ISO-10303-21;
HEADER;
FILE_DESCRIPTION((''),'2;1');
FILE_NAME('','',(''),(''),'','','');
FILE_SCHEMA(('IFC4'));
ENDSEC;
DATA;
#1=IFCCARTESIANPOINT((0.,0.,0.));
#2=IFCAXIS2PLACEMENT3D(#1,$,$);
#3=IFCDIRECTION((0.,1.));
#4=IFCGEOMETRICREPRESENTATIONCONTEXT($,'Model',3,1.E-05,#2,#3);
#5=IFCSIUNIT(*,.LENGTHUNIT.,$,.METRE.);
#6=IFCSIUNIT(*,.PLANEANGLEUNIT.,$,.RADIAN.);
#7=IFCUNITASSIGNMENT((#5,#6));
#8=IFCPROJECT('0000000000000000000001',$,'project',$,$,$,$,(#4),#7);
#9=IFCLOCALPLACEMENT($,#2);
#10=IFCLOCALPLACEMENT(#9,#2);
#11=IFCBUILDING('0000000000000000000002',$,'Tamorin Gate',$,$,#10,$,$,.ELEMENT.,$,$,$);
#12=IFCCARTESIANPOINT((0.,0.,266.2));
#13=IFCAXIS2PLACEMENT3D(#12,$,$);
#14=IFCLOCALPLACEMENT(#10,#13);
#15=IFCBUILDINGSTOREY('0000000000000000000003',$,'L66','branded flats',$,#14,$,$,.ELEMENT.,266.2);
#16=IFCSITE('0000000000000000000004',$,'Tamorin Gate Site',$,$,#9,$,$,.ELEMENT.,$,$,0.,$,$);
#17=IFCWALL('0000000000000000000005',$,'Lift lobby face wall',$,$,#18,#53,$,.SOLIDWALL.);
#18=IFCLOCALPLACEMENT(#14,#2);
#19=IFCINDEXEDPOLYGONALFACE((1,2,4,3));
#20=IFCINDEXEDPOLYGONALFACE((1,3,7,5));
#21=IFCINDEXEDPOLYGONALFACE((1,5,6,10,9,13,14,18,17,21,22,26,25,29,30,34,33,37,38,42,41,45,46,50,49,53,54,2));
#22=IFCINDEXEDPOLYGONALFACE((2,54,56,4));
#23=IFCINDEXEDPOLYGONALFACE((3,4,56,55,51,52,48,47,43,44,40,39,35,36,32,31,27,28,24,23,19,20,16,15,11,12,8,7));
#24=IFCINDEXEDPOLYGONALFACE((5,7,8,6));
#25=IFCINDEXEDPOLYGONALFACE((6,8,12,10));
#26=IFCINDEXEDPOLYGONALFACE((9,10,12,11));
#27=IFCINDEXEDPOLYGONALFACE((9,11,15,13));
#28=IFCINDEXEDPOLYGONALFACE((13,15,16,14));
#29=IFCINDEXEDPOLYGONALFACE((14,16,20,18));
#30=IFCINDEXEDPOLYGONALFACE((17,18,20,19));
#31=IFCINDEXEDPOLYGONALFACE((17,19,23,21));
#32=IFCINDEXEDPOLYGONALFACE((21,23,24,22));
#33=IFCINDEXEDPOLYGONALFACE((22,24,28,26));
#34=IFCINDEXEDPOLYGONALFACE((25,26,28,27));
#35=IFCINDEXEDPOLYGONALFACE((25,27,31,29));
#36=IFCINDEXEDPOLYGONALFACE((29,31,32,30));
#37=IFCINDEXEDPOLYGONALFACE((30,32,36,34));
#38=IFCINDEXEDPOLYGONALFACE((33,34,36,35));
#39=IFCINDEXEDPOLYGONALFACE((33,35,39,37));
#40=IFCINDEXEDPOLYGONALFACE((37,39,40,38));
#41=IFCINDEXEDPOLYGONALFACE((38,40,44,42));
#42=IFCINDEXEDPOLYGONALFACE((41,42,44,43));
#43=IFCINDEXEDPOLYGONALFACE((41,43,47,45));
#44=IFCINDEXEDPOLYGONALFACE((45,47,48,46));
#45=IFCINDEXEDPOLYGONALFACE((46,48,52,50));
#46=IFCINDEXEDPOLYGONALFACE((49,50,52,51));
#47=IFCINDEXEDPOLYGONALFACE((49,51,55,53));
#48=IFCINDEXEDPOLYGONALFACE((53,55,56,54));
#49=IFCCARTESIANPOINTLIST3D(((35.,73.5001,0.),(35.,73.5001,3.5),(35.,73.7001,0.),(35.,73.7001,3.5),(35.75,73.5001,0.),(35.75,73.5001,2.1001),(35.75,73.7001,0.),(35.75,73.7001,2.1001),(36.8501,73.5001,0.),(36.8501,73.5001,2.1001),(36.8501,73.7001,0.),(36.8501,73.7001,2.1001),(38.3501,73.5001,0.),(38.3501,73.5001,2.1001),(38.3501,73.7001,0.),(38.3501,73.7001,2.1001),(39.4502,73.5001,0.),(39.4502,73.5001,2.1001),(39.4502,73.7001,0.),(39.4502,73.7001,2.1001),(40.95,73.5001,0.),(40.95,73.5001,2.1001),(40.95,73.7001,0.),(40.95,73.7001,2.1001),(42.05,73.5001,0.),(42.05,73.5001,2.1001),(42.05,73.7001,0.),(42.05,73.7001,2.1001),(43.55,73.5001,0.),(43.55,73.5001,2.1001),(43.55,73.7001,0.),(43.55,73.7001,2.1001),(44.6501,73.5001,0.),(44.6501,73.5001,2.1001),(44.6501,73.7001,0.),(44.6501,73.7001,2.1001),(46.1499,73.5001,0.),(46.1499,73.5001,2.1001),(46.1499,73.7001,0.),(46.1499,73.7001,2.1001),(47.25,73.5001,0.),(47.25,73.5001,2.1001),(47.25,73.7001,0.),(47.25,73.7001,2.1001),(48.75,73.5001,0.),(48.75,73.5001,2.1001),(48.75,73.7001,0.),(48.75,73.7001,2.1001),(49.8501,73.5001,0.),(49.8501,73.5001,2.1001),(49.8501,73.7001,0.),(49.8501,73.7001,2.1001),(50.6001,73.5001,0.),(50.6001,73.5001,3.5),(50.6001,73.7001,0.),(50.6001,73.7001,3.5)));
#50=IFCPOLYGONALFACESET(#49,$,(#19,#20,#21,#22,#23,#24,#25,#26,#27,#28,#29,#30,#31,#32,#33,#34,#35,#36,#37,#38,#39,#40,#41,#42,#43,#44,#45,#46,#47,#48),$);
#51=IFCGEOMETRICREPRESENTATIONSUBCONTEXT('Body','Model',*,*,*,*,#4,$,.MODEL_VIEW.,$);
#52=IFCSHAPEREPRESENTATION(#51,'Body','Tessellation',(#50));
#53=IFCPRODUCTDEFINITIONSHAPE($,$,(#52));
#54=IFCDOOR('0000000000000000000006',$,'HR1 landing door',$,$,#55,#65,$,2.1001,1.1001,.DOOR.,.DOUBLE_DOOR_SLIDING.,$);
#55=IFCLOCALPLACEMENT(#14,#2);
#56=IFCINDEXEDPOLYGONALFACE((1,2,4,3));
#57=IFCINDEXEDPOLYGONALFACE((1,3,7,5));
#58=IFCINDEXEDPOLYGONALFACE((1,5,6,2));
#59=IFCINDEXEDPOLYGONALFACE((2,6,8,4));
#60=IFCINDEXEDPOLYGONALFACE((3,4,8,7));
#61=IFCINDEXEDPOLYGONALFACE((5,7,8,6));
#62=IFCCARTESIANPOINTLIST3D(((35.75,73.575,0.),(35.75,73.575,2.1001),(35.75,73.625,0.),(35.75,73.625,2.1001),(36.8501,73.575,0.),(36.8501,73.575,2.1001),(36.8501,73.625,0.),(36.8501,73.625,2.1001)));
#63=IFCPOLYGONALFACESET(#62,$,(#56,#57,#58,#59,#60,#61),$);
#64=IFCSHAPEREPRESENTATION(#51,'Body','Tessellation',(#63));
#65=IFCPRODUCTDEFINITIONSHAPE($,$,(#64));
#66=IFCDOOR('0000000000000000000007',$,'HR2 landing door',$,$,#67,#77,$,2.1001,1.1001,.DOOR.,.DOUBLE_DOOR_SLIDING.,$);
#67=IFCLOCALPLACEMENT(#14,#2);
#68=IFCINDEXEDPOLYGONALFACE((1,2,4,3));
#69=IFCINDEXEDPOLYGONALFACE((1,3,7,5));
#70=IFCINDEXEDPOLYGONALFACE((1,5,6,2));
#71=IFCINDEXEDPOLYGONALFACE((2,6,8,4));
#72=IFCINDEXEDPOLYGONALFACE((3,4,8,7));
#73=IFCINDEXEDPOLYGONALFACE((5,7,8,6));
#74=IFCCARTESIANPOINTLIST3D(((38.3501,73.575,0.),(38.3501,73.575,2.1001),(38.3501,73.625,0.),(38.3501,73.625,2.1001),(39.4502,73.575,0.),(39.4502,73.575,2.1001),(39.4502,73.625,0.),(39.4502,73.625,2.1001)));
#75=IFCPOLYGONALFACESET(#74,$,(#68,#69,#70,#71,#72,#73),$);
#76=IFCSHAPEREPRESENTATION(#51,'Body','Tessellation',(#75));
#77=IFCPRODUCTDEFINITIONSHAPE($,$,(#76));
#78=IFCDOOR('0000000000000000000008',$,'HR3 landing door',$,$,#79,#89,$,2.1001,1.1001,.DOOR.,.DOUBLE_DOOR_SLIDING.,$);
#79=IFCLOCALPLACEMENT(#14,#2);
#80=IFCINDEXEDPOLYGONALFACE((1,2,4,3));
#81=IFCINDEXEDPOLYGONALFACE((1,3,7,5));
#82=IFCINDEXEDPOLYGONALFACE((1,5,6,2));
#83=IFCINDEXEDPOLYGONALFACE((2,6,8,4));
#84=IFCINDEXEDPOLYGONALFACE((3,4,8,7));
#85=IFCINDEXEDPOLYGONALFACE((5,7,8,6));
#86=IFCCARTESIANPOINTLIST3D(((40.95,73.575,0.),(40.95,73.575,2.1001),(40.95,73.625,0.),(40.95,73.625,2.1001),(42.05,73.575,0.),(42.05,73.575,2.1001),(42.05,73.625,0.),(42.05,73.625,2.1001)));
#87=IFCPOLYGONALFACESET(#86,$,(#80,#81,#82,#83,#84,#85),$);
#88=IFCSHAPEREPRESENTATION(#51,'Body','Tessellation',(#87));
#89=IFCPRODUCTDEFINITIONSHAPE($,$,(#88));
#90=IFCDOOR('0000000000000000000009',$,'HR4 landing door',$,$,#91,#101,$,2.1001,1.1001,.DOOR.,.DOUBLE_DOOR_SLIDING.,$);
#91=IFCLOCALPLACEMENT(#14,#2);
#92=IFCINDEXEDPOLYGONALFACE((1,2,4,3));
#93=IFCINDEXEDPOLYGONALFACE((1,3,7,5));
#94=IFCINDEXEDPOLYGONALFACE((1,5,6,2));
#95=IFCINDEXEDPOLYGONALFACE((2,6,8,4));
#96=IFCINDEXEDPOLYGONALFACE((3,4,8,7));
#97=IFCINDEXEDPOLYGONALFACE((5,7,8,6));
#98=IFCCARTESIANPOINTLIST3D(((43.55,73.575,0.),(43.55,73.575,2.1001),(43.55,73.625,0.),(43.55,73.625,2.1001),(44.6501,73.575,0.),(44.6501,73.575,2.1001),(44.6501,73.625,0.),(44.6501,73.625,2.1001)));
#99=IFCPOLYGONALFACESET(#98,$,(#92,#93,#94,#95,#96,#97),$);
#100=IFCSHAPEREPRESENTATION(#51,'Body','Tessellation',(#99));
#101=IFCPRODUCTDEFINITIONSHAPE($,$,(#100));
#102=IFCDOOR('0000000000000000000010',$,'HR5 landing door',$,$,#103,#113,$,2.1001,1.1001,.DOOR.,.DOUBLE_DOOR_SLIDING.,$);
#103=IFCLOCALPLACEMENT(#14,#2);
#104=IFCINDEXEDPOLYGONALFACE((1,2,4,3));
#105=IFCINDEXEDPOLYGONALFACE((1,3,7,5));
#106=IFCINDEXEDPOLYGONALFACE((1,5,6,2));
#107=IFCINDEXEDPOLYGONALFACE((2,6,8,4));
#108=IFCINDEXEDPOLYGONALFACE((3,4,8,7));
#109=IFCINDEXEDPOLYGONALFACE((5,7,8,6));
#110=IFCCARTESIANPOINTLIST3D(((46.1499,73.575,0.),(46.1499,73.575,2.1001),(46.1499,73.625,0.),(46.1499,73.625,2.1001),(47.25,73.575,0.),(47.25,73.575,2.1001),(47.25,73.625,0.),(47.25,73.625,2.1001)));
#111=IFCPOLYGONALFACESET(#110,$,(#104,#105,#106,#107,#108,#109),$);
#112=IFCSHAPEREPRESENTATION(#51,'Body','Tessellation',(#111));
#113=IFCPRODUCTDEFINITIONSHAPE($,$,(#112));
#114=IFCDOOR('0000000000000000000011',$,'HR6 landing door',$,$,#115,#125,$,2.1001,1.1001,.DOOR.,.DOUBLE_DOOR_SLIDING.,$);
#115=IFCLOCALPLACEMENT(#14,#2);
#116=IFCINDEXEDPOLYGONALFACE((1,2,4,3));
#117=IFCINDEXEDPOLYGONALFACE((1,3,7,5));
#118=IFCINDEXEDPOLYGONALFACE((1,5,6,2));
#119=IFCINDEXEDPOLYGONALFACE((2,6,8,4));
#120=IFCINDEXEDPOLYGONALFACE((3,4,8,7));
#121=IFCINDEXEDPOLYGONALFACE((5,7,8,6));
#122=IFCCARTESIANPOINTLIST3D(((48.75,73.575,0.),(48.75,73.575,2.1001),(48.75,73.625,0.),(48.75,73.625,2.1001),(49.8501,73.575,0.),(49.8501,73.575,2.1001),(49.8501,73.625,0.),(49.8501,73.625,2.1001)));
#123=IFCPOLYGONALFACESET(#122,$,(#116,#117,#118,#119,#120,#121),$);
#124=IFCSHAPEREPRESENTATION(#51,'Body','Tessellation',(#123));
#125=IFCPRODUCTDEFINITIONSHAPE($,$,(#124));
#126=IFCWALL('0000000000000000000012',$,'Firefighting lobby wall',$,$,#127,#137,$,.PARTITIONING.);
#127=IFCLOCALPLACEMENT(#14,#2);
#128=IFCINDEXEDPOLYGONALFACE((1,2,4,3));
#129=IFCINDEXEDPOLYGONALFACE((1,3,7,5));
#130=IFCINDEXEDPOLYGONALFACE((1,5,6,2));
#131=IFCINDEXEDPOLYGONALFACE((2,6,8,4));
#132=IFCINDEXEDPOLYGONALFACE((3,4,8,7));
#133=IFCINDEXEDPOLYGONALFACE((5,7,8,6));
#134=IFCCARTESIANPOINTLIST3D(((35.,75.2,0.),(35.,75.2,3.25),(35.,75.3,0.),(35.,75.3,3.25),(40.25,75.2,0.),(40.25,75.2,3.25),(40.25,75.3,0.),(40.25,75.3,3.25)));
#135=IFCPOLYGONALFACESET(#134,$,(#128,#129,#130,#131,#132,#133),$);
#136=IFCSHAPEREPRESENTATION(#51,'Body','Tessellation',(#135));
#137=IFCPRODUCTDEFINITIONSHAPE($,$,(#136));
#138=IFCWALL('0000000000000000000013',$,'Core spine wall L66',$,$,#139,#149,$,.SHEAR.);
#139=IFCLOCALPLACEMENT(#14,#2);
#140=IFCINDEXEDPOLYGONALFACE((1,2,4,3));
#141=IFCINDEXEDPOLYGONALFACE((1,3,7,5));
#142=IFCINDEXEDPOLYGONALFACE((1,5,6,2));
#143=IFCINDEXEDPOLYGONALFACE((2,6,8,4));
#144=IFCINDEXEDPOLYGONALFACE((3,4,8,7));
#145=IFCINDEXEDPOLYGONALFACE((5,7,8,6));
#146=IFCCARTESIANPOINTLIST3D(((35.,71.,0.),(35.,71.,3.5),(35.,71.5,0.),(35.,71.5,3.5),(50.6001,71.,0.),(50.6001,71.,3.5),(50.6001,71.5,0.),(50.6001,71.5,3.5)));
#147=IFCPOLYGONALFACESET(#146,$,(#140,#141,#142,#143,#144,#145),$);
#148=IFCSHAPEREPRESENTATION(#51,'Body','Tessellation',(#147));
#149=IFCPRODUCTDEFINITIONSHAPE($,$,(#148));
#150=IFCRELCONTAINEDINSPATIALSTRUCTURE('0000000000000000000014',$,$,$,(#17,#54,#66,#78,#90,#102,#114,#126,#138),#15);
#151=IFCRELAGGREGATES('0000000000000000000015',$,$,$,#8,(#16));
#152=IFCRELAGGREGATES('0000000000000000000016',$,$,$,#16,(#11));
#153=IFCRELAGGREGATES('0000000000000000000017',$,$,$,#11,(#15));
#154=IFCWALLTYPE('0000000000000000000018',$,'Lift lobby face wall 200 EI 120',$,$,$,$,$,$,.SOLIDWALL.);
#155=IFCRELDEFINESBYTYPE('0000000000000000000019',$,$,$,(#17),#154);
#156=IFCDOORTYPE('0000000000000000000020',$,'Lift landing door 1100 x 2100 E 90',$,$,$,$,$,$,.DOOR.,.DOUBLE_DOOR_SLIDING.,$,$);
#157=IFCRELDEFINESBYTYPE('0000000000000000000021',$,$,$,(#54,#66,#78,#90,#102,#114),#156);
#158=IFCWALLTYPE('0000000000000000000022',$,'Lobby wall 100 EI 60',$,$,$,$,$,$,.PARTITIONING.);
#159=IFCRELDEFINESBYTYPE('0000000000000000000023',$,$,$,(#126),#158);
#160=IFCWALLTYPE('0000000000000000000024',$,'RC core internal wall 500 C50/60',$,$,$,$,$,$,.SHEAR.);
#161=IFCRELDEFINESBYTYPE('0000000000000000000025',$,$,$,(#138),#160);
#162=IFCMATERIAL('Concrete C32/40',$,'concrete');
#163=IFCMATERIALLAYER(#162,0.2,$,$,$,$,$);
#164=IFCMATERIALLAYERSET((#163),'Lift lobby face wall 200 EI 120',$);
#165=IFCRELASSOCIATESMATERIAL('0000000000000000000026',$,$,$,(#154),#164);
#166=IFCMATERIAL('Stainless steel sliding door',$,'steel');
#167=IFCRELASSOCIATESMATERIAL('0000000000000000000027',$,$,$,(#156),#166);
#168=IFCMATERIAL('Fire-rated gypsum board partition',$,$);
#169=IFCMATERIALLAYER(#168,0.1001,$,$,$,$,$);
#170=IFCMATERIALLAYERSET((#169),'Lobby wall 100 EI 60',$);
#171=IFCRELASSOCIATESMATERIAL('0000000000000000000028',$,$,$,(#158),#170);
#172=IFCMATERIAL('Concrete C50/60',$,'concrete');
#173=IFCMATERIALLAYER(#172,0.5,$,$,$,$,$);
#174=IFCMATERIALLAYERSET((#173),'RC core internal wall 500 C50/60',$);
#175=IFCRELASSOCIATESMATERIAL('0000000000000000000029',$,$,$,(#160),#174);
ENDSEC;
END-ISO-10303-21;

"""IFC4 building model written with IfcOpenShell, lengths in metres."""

from ifc_helpers import new_model, si_unit, direction, frame, frame_2d, origin, place, context, subcontext, project, spatial, rectangle, extrude, material, layer, layer_set, type_object, element, fill, save


model = new_model("IFC4")

# Units and contexts
model_context = context("Model", 3, precision=1e-05, world=origin(), true_north=direction((0.0, 1.0)))
body_context = subcontext(model_context, "Body", "Model", "MODEL_VIEW")
ifc_project = project(units=[si_unit("LENGTHUNIT", "METRE"), si_unit("PLANEANGLEUNIT", "RADIAN")], contexts=[model_context])

# Site, building, storey
site_placement = place(None, origin())
site = spatial("IfcSite", under=ifc_project, at=site_placement, Name="Tamorin Gate Site", CompositionType="ELEMENT", RefElevation=0.0)
building_placement = place(site_placement, origin())
building = spatial("IfcBuilding", under=site, at=building_placement, Name="Tamorin Gate", CompositionType="ELEMENT")
storey_placement = place(building_placement, frame((0.0, 0.0, 266.2)))
storey = spatial("IfcBuildingStorey", under=building, at=storey_placement, Name="L66", Description="branded flats", CompositionType="ELEMENT", Elevation=266.2)

# Wall, openings, doors
ifc_material_1 = material(Name="Concrete C32/40", Category="concrete")
ifc_layer_1 = layer(ifc_material_1, 0.2)
ifc_layer_set_1 = layer_set([ifc_layer_1], Name="Lift lobby face wall 200 EI 120")
wall_type_1 = type_object("IfcWallType", Name="Lift lobby face wall 200 EI 120", PredefinedType="SOLIDWALL", material=ifc_layer_set_1)
wall_1_placement = place(storey_placement, frame((35.0, 73.6001, 0.0), z_axis=(0.0, 0.0, 1.0), x_axis=(1.0, 0.0, 0.0)))
wall_1 = element("IfcWall", 1, at=wall_1_placement, inside=storey, type_object=wall_type_1, Name="Lift lobby face wall", PredefinedType="SOLIDWALL", context=body_context, shape_type="SweptSolid", body=[
    extrude(rectangle(XDim=15.6001, YDim=0.2, at=frame_2d((7.8, 0.0))), origin(), (0.0, 0.0, 1.0), 3.5),
])
opening_1_placement = place(wall_1_placement, frame((0.75, 0.0, 0.0)))
opening_1 = element("IfcOpeningElement", 2, at=opening_1_placement, cuts=wall_1, PredefinedType="OPENING", context=body_context, shape_type="SweptSolid", body=[
    extrude(rectangle(XDim=1.1001, YDim=2.1001, at=frame_2d((0.55, 1.05))), frame((0.0, 0.1099, 0.0), z_axis=(0.0, -1.0, 0.0), x_axis=(1.0, 0.0, 0.0)), (0.0, 0.0, 1.0), 0.22),
])
opening_2_placement = place(wall_1_placement, frame((3.3501, 0.0, 0.0)))
opening_2 = element("IfcOpeningElement", 3, at=opening_2_placement, cuts=wall_1, PredefinedType="OPENING", context=body_context, shape_type="SweptSolid", body=[
    extrude(rectangle(XDim=1.1001, YDim=2.1001, at=frame_2d((0.55, 1.05))), frame((0.0, 0.1099, 0.0), z_axis=(0.0, -1.0, 0.0), x_axis=(1.0, 0.0, 0.0)), (0.0, 0.0, 1.0), 0.22),
])
opening_3_placement = place(wall_1_placement, frame((5.95, 0.0, 0.0)))
opening_3 = element("IfcOpeningElement", 4, at=opening_3_placement, cuts=wall_1, PredefinedType="OPENING", context=body_context, shape_type="SweptSolid", body=[
    extrude(rectangle(XDim=1.1001, YDim=2.1001, at=frame_2d((0.55, 1.05))), frame((0.0, 0.1099, 0.0), z_axis=(0.0, -1.0, 0.0), x_axis=(1.0, 0.0, 0.0)), (0.0, 0.0, 1.0), 0.22),
])
opening_4_placement = place(wall_1_placement, frame((8.55, 0.0, 0.0)))
opening_4 = element("IfcOpeningElement", 5, at=opening_4_placement, cuts=wall_1, PredefinedType="OPENING", context=body_context, shape_type="SweptSolid", body=[
    extrude(rectangle(XDim=1.1001, YDim=2.1001, at=frame_2d((0.55, 1.05))), frame((0.0, 0.1099, 0.0), z_axis=(0.0, -1.0, 0.0), x_axis=(1.0, 0.0, 0.0)), (0.0, 0.0, 1.0), 0.22),
])
opening_5_placement = place(wall_1_placement, frame((11.1499, 0.0, 0.0)))
opening_5 = element("IfcOpeningElement", 6, at=opening_5_placement, cuts=wall_1, PredefinedType="OPENING", context=body_context, shape_type="SweptSolid", body=[
    extrude(rectangle(XDim=1.1001, YDim=2.1001, at=frame_2d((0.55, 1.05))), frame((0.0, 0.1099, 0.0), z_axis=(0.0, -1.0, 0.0), x_axis=(1.0, 0.0, 0.0)), (0.0, 0.0, 1.0), 0.22),
])
opening_6_placement = place(wall_1_placement, frame((13.75, 0.0, 0.0)))
opening_6 = element("IfcOpeningElement", 7, at=opening_6_placement, cuts=wall_1, PredefinedType="OPENING", context=body_context, shape_type="SweptSolid", body=[
    extrude(rectangle(XDim=1.1001, YDim=2.1001, at=frame_2d((0.55, 1.05))), frame((0.0, 0.1099, 0.0), z_axis=(0.0, -1.0, 0.0), x_axis=(1.0, 0.0, 0.0)), (0.0, 0.0, 1.0), 0.22),
])
ifc_material_2 = material(Name="Stainless steel sliding door", Category="steel")
door_type_1 = type_object("IfcDoorType", Name="Lift landing door 1100 x 2100 E 90", OperationType="DOUBLE_DOOR_SLIDING", PredefinedType="DOOR", material=ifc_material_2)
door_1_placement = place(opening_1_placement, origin())
door_1 = element("IfcDoor", 8, at=door_1_placement, inside=storey, type_object=door_type_1, Name="HR1 landing door", OperationType="DOUBLE_DOOR_SLIDING", OverallHeight=2.1001, OverallWidth=1.1001, PredefinedType="DOOR", context=body_context, shape_type="SweptSolid", body=[
    extrude(rectangle(XDim=1.1001, YDim=2.1001, at=frame_2d((0.55, 1.05))), frame((0.0, 0.0249, 0.0), z_axis=(0.0, -1.0, 0.0), x_axis=(1.0, 0.0, 0.0)), (0.0, 0.0, 1.0), 0.05),
])
fill(opening_1, door_1)
door_2_placement = place(opening_2_placement, origin())
door_2 = element("IfcDoor", 9, at=door_2_placement, inside=storey, type_object=door_type_1, Name="HR2 landing door", OperationType="DOUBLE_DOOR_SLIDING", OverallHeight=2.1001, OverallWidth=1.1001, PredefinedType="DOOR", context=body_context, shape_type="SweptSolid", body=[
    extrude(rectangle(XDim=1.1001, YDim=2.1001, at=frame_2d((0.55, 1.05))), frame((0.0, 0.0249, 0.0), z_axis=(0.0, -1.0, 0.0), x_axis=(1.0, 0.0, 0.0)), (0.0, 0.0, 1.0), 0.05),
])
fill(opening_2, door_2)
door_3_placement = place(opening_3_placement, origin())
door_3 = element("IfcDoor", 10, at=door_3_placement, inside=storey, type_object=door_type_1, Name="HR3 landing door", OperationType="DOUBLE_DOOR_SLIDING", OverallHeight=2.1001, OverallWidth=1.1001, PredefinedType="DOOR", context=body_context, shape_type="SweptSolid", body=[
    extrude(rectangle(XDim=1.1001, YDim=2.1001, at=frame_2d((0.55, 1.05))), frame((0.0, 0.0249, 0.0), z_axis=(0.0, -1.0, 0.0), x_axis=(1.0, 0.0, 0.0)), (0.0, 0.0, 1.0), 0.05),
])
fill(opening_3, door_3)
door_4_placement = place(opening_4_placement, origin())
door_4 = element("IfcDoor", 11, at=door_4_placement, inside=storey, type_object=door_type_1, Name="HR4 landing door", OperationType="DOUBLE_DOOR_SLIDING", OverallHeight=2.1001, OverallWidth=1.1001, PredefinedType="DOOR", context=body_context, shape_type="SweptSolid", body=[
    extrude(rectangle(XDim=1.1001, YDim=2.1001, at=frame_2d((0.55, 1.05))), frame((0.0, 0.0249, 0.0), z_axis=(0.0, -1.0, 0.0), x_axis=(1.0, 0.0, 0.0)), (0.0, 0.0, 1.0), 0.05),
])
fill(opening_4, door_4)
door_5_placement = place(opening_5_placement, origin())
door_5 = element("IfcDoor", 12, at=door_5_placement, inside=storey, type_object=door_type_1, Name="HR5 landing door", OperationType="DOUBLE_DOOR_SLIDING", OverallHeight=2.1001, OverallWidth=1.1001, PredefinedType="DOOR", context=body_context, shape_type="SweptSolid", body=[
    extrude(rectangle(XDim=1.1001, YDim=2.1001, at=frame_2d((0.55, 1.05))), frame((0.0, 0.0249, 0.0), z_axis=(0.0, -1.0, 0.0), x_axis=(1.0, 0.0, 0.0)), (0.0, 0.0, 1.0), 0.05),
])
fill(opening_5, door_5)
door_6_placement = place(opening_6_placement, origin())
door_6 = element("IfcDoor", 13, at=door_6_placement, inside=storey, type_object=door_type_1, Name="HR6 landing door", OperationType="DOUBLE_DOOR_SLIDING", OverallHeight=2.1001, OverallWidth=1.1001, PredefinedType="DOOR", context=body_context, shape_type="SweptSolid", body=[
    extrude(rectangle(XDim=1.1001, YDim=2.1001, at=frame_2d((0.55, 1.05))), frame((0.0, 0.0249, 0.0), z_axis=(0.0, -1.0, 0.0), x_axis=(1.0, 0.0, 0.0)), (0.0, 0.0, 1.0), 0.05),
])
fill(opening_6, door_6)

# Walls
ifc_material_3 = material(Name="Fire-rated gypsum board partition")
ifc_layer_2 = layer(ifc_material_3, 0.1001)
ifc_layer_set_2 = layer_set([ifc_layer_2], Name="Lobby wall 100 EI 60")
wall_type_2 = type_object("IfcWallType", Name="Lobby wall 100 EI 60", PredefinedType="PARTITIONING", material=ifc_layer_set_2)
wall_2_placement = place(storey_placement, frame((35.0, 75.25, 0.0), z_axis=(0.0, 0.0, 1.0), x_axis=(1.0, 0.0, 0.0)))
element("IfcWall", 14, at=wall_2_placement, inside=storey, type_object=wall_type_2, Name="Firefighting lobby wall", PredefinedType="PARTITIONING", context=body_context, shape_type="SweptSolid", body=[
    extrude(rectangle(XDim=5.25, YDim=0.1001, at=frame_2d((2.625, 0.0))), origin(), (0.0, 0.0, 1.0), 3.25),
])
ifc_material_4 = material(Name="Concrete C50/60", Category="concrete")
ifc_layer_3 = layer(ifc_material_4, 0.5)
ifc_layer_set_3 = layer_set([ifc_layer_3], Name="RC core internal wall 500 C50/60")
wall_type_3 = type_object("IfcWallType", Name="RC core internal wall 500 C50/60", PredefinedType="SHEAR", material=ifc_layer_set_3)
wall_3_placement = place(storey_placement, frame((35.0, 71.25, 0.0), z_axis=(0.0, 0.0, 1.0), x_axis=(1.0, 0.0, 0.0)))
element("IfcWall", 15, at=wall_3_placement, inside=storey, type_object=wall_type_3, Name="Core spine wall L66", PredefinedType="SHEAR", context=body_context, shape_type="SweptSolid", body=[
    extrude(rectangle(XDim=15.6001, YDim=0.5, at=frame_2d((7.8, 0.0))), origin(), (0.0, 0.0, 1.0), 3.5),
])

save(model, "model.ifc")
